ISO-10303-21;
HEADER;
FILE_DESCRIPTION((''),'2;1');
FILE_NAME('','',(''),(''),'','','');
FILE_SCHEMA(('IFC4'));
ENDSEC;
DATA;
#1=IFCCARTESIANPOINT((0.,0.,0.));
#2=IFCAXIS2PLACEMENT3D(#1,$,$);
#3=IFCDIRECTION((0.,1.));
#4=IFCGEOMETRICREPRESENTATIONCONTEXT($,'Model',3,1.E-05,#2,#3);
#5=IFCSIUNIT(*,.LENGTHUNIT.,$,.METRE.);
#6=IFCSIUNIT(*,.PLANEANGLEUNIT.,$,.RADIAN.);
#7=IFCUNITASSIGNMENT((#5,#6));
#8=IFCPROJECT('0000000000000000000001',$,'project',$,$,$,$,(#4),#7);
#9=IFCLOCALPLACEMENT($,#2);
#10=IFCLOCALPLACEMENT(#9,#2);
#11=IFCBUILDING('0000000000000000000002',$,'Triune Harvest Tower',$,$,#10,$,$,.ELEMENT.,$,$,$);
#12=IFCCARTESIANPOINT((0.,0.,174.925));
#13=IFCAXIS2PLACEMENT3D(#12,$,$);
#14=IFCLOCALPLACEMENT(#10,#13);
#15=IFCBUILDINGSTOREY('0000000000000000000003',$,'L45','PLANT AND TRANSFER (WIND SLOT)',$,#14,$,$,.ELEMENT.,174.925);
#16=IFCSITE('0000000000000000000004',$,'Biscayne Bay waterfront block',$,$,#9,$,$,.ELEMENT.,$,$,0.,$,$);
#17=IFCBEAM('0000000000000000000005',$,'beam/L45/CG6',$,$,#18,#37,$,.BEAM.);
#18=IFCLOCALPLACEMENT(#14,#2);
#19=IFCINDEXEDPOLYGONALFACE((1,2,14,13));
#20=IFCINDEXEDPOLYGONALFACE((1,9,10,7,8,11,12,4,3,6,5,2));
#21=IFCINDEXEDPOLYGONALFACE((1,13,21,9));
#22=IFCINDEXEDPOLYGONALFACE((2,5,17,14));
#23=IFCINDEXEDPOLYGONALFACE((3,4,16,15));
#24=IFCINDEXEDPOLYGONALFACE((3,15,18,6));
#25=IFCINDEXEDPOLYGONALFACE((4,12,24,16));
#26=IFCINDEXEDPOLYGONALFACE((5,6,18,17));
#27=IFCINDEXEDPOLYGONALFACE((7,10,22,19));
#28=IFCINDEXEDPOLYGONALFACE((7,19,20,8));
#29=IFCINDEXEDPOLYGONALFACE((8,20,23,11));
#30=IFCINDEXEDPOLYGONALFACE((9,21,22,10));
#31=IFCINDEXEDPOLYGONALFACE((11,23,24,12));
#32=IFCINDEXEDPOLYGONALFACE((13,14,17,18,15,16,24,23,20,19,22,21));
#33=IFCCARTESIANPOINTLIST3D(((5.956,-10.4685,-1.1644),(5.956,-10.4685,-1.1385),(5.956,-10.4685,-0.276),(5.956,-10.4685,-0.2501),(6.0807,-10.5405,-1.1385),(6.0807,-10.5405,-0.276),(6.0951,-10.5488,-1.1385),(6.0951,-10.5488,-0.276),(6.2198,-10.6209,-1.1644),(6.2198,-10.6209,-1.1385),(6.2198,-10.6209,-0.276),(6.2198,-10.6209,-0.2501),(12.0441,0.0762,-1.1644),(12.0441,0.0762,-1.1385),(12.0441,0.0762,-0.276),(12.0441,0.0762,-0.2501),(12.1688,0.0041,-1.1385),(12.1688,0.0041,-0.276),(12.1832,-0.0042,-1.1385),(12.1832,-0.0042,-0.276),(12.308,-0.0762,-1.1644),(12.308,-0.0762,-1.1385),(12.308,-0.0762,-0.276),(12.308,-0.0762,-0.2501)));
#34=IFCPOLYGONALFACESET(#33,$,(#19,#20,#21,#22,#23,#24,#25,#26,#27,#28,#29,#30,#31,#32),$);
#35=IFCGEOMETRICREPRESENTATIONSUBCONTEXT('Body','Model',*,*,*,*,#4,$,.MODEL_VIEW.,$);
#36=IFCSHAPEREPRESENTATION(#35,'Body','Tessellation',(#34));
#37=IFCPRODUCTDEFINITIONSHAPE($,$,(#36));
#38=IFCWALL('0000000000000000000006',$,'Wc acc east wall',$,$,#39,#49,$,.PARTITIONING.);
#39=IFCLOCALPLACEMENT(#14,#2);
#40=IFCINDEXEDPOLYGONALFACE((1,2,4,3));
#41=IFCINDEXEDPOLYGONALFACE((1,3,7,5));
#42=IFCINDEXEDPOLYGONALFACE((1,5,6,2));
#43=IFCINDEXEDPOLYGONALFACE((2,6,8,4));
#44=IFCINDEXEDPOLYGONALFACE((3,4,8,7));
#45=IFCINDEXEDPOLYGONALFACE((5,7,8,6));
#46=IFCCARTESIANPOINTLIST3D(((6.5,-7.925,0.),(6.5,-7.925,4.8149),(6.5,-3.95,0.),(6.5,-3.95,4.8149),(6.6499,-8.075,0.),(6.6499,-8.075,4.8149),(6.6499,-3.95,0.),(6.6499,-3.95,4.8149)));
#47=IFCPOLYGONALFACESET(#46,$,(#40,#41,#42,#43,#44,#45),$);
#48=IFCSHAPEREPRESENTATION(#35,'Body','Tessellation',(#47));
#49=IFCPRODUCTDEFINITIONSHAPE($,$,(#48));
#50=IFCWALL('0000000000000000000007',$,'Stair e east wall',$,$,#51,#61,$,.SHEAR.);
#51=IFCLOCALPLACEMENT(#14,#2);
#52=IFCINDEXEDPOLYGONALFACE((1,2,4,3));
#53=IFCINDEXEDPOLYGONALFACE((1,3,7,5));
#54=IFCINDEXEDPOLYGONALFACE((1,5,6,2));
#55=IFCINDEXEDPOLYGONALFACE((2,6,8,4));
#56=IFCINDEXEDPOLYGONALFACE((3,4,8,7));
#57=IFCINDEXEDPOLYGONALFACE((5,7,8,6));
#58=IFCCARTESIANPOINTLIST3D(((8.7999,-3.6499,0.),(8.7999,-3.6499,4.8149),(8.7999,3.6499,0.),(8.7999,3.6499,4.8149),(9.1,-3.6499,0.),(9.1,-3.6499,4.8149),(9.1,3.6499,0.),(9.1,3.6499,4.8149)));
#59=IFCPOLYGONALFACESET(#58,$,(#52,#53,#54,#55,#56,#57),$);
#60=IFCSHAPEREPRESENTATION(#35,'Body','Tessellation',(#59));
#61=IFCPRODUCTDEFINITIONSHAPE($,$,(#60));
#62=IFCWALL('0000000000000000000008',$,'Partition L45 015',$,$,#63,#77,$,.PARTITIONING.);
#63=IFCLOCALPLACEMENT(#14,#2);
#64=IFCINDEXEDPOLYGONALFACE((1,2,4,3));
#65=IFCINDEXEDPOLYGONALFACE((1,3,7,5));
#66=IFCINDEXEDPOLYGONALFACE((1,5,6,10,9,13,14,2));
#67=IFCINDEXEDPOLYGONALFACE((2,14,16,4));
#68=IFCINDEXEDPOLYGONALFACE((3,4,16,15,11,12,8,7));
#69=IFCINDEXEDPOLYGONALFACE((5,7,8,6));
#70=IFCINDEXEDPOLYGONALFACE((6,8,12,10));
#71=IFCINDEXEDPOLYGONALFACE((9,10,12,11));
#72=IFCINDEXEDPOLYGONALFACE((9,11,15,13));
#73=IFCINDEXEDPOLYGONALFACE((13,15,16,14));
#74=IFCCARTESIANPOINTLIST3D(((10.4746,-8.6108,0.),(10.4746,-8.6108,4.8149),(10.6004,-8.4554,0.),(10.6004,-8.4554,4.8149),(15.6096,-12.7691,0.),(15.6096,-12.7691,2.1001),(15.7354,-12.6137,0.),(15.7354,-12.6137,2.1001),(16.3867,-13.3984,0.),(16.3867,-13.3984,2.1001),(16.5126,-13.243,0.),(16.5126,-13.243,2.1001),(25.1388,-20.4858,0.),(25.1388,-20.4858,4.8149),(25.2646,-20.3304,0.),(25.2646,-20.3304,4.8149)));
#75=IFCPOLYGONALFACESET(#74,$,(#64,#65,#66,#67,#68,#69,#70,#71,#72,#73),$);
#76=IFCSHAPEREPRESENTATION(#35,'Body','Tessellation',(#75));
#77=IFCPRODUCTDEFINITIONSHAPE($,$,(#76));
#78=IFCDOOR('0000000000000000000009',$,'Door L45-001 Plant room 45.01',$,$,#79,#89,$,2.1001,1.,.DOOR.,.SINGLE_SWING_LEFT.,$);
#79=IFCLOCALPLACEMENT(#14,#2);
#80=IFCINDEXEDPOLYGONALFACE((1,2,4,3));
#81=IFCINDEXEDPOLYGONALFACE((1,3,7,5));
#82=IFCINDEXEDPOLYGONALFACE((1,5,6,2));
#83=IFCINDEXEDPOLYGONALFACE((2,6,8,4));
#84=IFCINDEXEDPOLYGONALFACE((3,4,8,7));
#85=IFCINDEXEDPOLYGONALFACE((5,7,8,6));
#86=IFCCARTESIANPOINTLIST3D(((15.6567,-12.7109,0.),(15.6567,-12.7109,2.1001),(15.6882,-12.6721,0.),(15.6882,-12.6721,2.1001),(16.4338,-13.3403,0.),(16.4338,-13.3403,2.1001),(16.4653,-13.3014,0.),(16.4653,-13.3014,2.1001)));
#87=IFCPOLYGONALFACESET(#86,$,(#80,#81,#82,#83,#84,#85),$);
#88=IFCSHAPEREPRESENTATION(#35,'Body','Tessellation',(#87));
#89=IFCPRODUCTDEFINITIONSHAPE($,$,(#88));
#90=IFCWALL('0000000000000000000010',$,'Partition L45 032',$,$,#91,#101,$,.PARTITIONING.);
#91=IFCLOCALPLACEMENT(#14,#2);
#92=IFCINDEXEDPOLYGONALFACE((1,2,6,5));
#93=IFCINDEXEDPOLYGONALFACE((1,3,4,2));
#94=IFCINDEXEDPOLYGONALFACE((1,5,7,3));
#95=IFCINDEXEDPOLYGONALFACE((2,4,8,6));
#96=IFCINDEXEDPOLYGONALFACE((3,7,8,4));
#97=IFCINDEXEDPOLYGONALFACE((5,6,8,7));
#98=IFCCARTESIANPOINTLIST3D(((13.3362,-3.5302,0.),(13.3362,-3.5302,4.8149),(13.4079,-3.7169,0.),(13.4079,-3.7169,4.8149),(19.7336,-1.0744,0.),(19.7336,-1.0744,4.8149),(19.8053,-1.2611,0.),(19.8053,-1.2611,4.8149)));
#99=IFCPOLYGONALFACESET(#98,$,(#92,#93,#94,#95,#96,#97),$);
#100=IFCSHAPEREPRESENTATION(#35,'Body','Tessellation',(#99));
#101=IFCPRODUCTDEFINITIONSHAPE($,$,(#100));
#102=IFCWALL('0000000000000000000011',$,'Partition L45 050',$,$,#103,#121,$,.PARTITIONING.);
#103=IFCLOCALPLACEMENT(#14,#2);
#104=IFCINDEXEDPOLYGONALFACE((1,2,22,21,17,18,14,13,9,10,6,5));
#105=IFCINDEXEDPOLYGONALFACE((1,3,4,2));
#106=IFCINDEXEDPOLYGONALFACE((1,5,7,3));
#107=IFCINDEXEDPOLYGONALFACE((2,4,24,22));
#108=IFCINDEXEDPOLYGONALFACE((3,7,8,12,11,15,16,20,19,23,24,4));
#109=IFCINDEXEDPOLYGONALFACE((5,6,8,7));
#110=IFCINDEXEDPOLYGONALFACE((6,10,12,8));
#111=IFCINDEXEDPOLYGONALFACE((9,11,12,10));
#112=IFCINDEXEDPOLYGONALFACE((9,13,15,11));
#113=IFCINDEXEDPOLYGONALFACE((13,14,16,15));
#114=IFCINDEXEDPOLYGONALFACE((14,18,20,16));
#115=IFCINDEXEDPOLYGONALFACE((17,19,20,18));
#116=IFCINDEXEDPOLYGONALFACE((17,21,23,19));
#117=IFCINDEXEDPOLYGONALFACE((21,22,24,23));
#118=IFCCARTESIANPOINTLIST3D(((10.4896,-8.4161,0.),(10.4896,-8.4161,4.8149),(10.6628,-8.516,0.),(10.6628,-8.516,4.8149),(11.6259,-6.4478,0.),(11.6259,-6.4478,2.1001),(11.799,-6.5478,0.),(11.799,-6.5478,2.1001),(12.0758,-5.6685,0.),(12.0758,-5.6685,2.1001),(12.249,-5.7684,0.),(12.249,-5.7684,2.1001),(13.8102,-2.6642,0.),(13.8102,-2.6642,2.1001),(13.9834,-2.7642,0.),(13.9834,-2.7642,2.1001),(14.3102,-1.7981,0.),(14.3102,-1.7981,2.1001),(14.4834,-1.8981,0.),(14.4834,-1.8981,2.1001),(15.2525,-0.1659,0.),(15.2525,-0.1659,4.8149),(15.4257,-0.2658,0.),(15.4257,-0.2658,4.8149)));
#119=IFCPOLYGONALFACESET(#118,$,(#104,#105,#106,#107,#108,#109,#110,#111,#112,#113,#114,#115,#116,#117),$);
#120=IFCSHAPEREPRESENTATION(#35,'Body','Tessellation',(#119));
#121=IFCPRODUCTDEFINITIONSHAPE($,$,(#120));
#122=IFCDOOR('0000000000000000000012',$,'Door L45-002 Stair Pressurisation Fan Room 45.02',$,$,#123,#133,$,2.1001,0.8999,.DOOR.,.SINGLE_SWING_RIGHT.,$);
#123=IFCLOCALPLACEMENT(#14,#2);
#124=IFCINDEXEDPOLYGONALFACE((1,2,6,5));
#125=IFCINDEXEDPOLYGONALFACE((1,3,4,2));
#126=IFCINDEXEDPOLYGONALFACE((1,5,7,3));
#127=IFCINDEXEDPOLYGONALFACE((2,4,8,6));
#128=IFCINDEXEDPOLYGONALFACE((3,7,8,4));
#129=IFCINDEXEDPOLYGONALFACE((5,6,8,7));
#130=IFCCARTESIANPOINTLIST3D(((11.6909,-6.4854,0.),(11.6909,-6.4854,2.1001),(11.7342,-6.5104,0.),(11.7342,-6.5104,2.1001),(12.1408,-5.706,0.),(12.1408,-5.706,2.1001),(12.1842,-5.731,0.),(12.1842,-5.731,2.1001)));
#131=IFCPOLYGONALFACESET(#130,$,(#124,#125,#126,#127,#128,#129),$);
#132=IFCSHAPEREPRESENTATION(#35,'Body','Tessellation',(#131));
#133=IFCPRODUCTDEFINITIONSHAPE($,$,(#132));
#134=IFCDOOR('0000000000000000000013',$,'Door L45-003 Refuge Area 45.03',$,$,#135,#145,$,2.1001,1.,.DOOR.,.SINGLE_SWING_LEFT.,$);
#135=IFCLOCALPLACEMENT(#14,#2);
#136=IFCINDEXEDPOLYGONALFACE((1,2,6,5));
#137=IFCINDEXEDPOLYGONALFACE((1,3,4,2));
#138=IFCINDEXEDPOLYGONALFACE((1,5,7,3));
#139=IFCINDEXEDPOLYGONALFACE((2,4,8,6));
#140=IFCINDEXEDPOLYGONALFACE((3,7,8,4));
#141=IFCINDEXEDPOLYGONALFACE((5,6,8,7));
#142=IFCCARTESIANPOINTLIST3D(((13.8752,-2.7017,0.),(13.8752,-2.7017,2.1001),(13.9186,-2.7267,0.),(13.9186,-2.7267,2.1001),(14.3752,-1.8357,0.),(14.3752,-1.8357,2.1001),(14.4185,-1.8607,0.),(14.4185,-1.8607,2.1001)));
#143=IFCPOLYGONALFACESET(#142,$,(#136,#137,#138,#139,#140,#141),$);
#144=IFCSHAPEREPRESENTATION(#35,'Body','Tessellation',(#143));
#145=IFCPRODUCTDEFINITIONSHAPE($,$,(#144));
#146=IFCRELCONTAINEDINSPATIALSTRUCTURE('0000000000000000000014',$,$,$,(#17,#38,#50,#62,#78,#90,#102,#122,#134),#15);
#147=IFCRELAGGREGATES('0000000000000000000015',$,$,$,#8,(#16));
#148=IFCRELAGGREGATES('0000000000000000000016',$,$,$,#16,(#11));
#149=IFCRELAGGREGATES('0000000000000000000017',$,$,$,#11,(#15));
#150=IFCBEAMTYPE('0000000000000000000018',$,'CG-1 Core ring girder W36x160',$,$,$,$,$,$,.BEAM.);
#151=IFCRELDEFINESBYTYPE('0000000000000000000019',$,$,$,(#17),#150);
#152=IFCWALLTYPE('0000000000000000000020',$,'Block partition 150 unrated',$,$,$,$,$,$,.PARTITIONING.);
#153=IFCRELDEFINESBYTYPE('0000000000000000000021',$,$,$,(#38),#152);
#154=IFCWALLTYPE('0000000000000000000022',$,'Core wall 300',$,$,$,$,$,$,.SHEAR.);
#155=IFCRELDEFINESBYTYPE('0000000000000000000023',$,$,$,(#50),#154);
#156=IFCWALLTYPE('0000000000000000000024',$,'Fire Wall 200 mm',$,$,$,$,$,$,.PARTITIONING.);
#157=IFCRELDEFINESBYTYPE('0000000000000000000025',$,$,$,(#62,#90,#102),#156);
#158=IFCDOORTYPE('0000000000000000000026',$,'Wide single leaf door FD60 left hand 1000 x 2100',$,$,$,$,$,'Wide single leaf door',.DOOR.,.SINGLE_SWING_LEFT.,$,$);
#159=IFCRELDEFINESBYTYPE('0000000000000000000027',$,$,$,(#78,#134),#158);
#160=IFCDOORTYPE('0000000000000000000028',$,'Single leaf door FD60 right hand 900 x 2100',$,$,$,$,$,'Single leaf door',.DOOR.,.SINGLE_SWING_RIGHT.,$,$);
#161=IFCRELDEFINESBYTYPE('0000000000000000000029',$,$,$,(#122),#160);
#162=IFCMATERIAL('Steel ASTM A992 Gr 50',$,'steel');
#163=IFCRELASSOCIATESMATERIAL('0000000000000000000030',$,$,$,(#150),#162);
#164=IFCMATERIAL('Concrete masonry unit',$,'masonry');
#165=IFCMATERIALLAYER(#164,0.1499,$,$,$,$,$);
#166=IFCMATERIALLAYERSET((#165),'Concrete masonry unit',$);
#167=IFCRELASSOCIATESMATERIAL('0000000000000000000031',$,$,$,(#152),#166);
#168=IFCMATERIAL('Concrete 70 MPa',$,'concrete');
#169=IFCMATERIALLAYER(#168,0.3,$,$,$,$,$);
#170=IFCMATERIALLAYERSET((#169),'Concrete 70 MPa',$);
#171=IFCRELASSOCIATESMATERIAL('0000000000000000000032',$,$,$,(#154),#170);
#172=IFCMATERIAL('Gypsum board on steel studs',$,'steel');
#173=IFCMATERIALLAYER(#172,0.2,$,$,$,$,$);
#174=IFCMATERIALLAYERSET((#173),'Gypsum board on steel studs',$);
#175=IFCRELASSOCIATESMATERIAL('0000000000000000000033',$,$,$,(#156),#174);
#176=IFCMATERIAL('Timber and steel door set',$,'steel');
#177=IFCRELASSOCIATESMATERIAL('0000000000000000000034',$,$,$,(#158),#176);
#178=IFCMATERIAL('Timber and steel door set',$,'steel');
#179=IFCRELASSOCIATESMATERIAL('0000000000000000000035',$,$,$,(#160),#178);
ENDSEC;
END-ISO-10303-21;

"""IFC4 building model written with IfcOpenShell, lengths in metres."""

from ifc_helpers import new_model, si_unit, direction, frame, frame_2d, origin, origin_2d, place, context, subcontext, project, spatial, polyline, rectangle, i_section, outline, extrude, source, transform, mapped, material, layer, layer_set, material_profile, profile_set, type_object, element, fill, save


model = new_model("IFC4")

# Units and contexts
model_context = context("Model", 3, precision=1e-05, world=origin(), true_north=direction((0.0, 1.0)))
body_context = subcontext(model_context, "Body", "Model", "MODEL_VIEW")
ifc_project = project(units=[si_unit("LENGTHUNIT", "METRE"), si_unit("PLANEANGLEUNIT", "RADIAN")], contexts=[model_context])

# Site, building, storey
site_placement = place(None, origin())
site = spatial("IfcSite", under=ifc_project, at=site_placement, Name="Biscayne Bay waterfront block", CompositionType="ELEMENT", RefElevation=0.0)
building_placement = place(site_placement, origin())
building = spatial("IfcBuilding", under=site, at=building_placement, Name="Triune Harvest Tower", CompositionType="ELEMENT")
storey_placement = place(building_placement, frame((0.0, 0.0, 174.925)))
storey = spatial("IfcBuildingStorey", under=building, at=storey_placement, Name="L45", Description="PLANT AND TRANSFER (WIND SLOT)", CompositionType="ELEMENT", Elevation=174.925)

# Beam
ifc_material_1 = material(Name="Steel ASTM A992 Gr 50", Category="steel")
ifc_material_profile = material_profile(ifc_material_1, i_section(OverallWidth=0.3047, OverallDepth=0.9143, WebThickness=0.0166, FlangeThickness=0.0259, at=origin_2d()), Name="W36x160")
ifc_profile_set = profile_set([ifc_material_profile], Name="Steel ASTM A992 Gr 50")
beam_type = type_object("IfcBeamType", Name="CG-1 Core ring girder W36x160", PredefinedType="BEAM", material=ifc_profile_set)
shared_shape_1 = source(origin(), body_context, "Body", "SweptSolid", [
    extrude(i_section(OverallWidth=0.3047, OverallDepth=0.9143, WebThickness=0.0166, FlangeThickness=0.0259, at=origin_2d()), origin(), (0.0, 0.0, 1.0), 12.176),
])
beam_placement = place(storey_placement, frame((6.0879, -10.5447, -0.7073), z_axis=(0.50001, 0.86602, 0.0), x_axis=(-0.86602, 0.50001, 0.0)))
element("IfcBeam", 1, at=beam_placement, inside=storey, type_object=beam_type, Name="beam/L45/CG6", PredefinedType="BEAM", context=body_context, shape_type="MappedRepresentation", body=[
    mapped(shared_shape_1, transform((0.0, 0.0, 0.0), scale=1.0)),
])

# Walls
ifc_material_2 = material(Name="Concrete masonry unit", Category="masonry")
ifc_layer_1 = layer(ifc_material_2, 0.1499)
ifc_layer_set_1 = layer_set([ifc_layer_1], Name="Concrete masonry unit")
wall_type_1 = type_object("IfcWallType", Name="Block partition 150 unrated", PredefinedType="PARTITIONING", material=ifc_layer_set_1)
wall_1_placement = place(storey_placement, frame((6.575, -8.0, 0.0), z_axis=(0.0, 0.0, 1.0), x_axis=(0.0, 1.0, 0.0)))
element("IfcWall", 2, at=wall_1_placement, inside=storey, type_object=wall_type_1, Name="Wc acc east wall", PredefinedType="PARTITIONING", context=body_context, shape_type="SweptSolid", body=[
    extrude(outline(polyline([(-0.075, -0.075), (4.05, -0.075), (4.05, 0.075), (0.075, 0.075), (-0.075, -0.075)])), origin(), (0.0, 0.0, 1.0), 4.8149),
])
ifc_material_3 = material(Name="Concrete 70 MPa", Category="concrete")
ifc_layer_2 = layer(ifc_material_3, 0.3)
ifc_layer_set_2 = layer_set([ifc_layer_2], Name="Concrete 70 MPa")
wall_type_2 = type_object("IfcWallType", Name="Core wall 300", PredefinedType="SHEAR", material=ifc_layer_set_2)
wall_2_placement = place(storey_placement, frame((8.95, -3.6499, 0.0), z_axis=(0.0, 0.0, 1.0), x_axis=(0.0, 1.0, 0.0)))
element("IfcWall", 3, at=wall_2_placement, inside=storey, type_object=wall_type_2, Name="Stair e east wall", PredefinedType="SHEAR", context=body_context, shape_type="SweptSolid", body=[
    extrude(rectangle(XDim=7.2998, YDim=0.3, at=frame_2d((3.6499, 0.0))), origin(), (0.0, 0.0, 1.0), 4.8149),
])

# Wall, opening, door
ifc_material_4 = material(Name="Gypsum board on steel studs", Category="steel")
ifc_layer_3 = layer(ifc_material_4, 0.2)
ifc_layer_set_3 = layer_set([ifc_layer_3], Name="Gypsum board on steel studs")
wall_type_3 = type_object("IfcWallType", Name="Fire Wall 200 mm", PredefinedType="PARTITIONING", material=ifc_layer_set_3)
wall_3_placement = place(storey_placement, frame((10.5376, -8.5332, 0.0), z_axis=(0.0, 0.0, 1.0), x_axis=(0.777144, -0.629323, 0.0)))
wall_3 = element("IfcWall", 4, at=wall_3_placement, inside=storey, type_object=wall_type_3, Name="Partition L45 015", PredefinedType="PARTITIONING", context=body_context, shape_type="SweptSolid", body=[
    extrude(rectangle(XDim=18.8694, YDim=0.2, at=frame_2d((9.4346, 0.0))), origin(), (0.0, 0.0, 1.0), 4.8149),
])
opening_1_placement = place(wall_3_placement, frame((6.6074, 0.0, 0.0)))
opening_1 = element("IfcOpeningElement", 5, at=opening_1_placement, cuts=wall_3, PredefinedType="OPENING", context=body_context, shape_type="SweptSolid", body=[
    extrude(rectangle(XDim=1.0, YDim=2.1001, at=frame_2d((0.5, 1.05))), frame((0.0, 0.1099, 0.0), z_axis=(0.0, -1.0, 0.0), x_axis=(1.0, 0.0, 0.0)), (0.0, 0.0, 1.0), 0.22),
])
ifc_material_5 = material(Name="Timber and steel door set", Category="steel")
door_type_1 = type_object("IfcDoorType", Name="Wide single leaf door FD60 left hand 1000 x 2100", ElementType="Wide single leaf door", OperationType="SINGLE_SWING_LEFT", PredefinedType="DOOR", material=ifc_material_5)
door_1_placement = place(opening_1_placement, origin())
door_1 = element("IfcDoor", 6, at=door_1_placement, inside=storey, type_object=door_type_1, Name="Door L45-001 Plant room 45.01", OperationType="SINGLE_SWING_LEFT", OverallHeight=2.1001, OverallWidth=1.0, PredefinedType="DOOR", context=body_context, shape_type="SweptSolid", body=[
    extrude(rectangle(XDim=1.0, YDim=2.1001, at=frame_2d((0.5, 1.05))), frame((0.0, 0.0249, 0.0), z_axis=(0.0, -1.0, 0.0), x_axis=(1.0, 0.0, 0.0)), (0.0, 0.0, 1.0), 0.05),
])
fill(opening_1, door_1)

# Wall
wall_4_placement = place(storey_placement, frame((13.3721, -3.6235, 0.0), z_axis=(0.0, 0.0, 1.0), x_axis=(0.933578, 0.358375, 0.0)))
element("IfcWall", 7, at=wall_4_placement, inside=storey, type_object=wall_type_3, Name="Partition L45 032", PredefinedType="PARTITIONING", context=body_context, shape_type="SweptSolid", body=[
    extrude(rectangle(XDim=6.8525, YDim=0.2, at=frame_2d((3.4263, 0.0))), origin(), (0.0, 0.0, 1.0), 4.8149),
])

# Wall, openings, doors
wall_5_placement = place(storey_placement, frame((10.5762, -8.4661, 0.0), z_axis=(0.0, 0.0, 1.0), x_axis=(0.499973, 0.866041, 0.0)))
wall_5 = element("IfcWall", 8, at=wall_5_placement, inside=storey, type_object=wall_type_3, Name="Partition L45 050", PredefinedType="PARTITIONING", context=body_context, shape_type="SweptSolid", body=[
    extrude(rectangle(XDim=9.5264, YDim=0.2, at=frame_2d((4.7632, 0.0))), origin(), (0.0, 0.0, 1.0), 4.8149),
])
opening_2_placement = place(wall_5_placement, frame((2.2727, 0.0, 0.0)))
opening_2 = element("IfcOpeningElement", 9, at=opening_2_placement, cuts=wall_5, PredefinedType="OPENING", context=body_context, shape_type="SweptSolid", body=[
    extrude(rectangle(XDim=0.8999, YDim=2.1001, at=frame_2d((0.45, 1.05))), frame((0.0, 0.1099, 0.0), z_axis=(0.0, -1.0, 0.0), x_axis=(1.0, 0.0, 0.0)), (0.0, 0.0, 1.0), 0.22),
])
opening_3_placement = place(wall_5_placement, frame((6.6416, 0.0, 0.0)))
opening_3 = element("IfcOpeningElement", 10, at=opening_3_placement, cuts=wall_5, PredefinedType="OPENING", context=body_context, shape_type="SweptSolid", body=[
    extrude(rectangle(XDim=1.0, YDim=2.1001, at=frame_2d((0.5, 1.05))), frame((0.0, 0.1099, 0.0), z_axis=(0.0, -1.0, 0.0), x_axis=(1.0, 0.0, 0.0)), (0.0, 0.0, 1.0), 0.22),
])
ifc_material_6 = material(Name="Timber and steel door set", Category="steel")
door_type_2 = type_object("IfcDoorType", Name="Single leaf door FD60 right hand 900 x 2100", ElementType="Single leaf door", OperationType="SINGLE_SWING_RIGHT", PredefinedType="DOOR", material=ifc_material_6)
door_2_placement = place(opening_2_placement, origin())
door_2 = element("IfcDoor", 11, at=door_2_placement, inside=storey, type_object=door_type_2, Name="Door L45-002 Stair Pressurisation Fan Room 45.02", OperationType="SINGLE_SWING_RIGHT", OverallHeight=2.1001, OverallWidth=0.8999, PredefinedType="DOOR", context=body_context, shape_type="SweptSolid", body=[
    extrude(rectangle(XDim=0.8999, YDim=2.1001, at=frame_2d((0.45, 1.05))), frame((0.0, 0.0249, 0.0), z_axis=(0.0, -1.0, 0.0), x_axis=(1.0, 0.0, 0.0)), (0.0, 0.0, 1.0), 0.05),
])
fill(opening_2, door_2)
door_3_placement = place(opening_3_placement, origin())
door_3 = element("IfcDoor", 12, at=door_3_placement, inside=storey, type_object=door_type_1, Name="Door L45-003 Refuge Area 45.03", OperationType="SINGLE_SWING_LEFT", OverallHeight=2.1001, OverallWidth=1.0, PredefinedType="DOOR", context=body_context, shape_type="SweptSolid", body=[
    extrude(rectangle(XDim=1.0, YDim=2.1001, at=frame_2d((0.5, 1.05))), frame((0.0, 0.0249, 0.0), z_axis=(0.0, -1.0, 0.0), x_axis=(1.0, 0.0, 0.0)), (0.0, 0.0, 1.0), 0.05),
])
fill(opening_3, door_3)

save(model, "model.ifc")
